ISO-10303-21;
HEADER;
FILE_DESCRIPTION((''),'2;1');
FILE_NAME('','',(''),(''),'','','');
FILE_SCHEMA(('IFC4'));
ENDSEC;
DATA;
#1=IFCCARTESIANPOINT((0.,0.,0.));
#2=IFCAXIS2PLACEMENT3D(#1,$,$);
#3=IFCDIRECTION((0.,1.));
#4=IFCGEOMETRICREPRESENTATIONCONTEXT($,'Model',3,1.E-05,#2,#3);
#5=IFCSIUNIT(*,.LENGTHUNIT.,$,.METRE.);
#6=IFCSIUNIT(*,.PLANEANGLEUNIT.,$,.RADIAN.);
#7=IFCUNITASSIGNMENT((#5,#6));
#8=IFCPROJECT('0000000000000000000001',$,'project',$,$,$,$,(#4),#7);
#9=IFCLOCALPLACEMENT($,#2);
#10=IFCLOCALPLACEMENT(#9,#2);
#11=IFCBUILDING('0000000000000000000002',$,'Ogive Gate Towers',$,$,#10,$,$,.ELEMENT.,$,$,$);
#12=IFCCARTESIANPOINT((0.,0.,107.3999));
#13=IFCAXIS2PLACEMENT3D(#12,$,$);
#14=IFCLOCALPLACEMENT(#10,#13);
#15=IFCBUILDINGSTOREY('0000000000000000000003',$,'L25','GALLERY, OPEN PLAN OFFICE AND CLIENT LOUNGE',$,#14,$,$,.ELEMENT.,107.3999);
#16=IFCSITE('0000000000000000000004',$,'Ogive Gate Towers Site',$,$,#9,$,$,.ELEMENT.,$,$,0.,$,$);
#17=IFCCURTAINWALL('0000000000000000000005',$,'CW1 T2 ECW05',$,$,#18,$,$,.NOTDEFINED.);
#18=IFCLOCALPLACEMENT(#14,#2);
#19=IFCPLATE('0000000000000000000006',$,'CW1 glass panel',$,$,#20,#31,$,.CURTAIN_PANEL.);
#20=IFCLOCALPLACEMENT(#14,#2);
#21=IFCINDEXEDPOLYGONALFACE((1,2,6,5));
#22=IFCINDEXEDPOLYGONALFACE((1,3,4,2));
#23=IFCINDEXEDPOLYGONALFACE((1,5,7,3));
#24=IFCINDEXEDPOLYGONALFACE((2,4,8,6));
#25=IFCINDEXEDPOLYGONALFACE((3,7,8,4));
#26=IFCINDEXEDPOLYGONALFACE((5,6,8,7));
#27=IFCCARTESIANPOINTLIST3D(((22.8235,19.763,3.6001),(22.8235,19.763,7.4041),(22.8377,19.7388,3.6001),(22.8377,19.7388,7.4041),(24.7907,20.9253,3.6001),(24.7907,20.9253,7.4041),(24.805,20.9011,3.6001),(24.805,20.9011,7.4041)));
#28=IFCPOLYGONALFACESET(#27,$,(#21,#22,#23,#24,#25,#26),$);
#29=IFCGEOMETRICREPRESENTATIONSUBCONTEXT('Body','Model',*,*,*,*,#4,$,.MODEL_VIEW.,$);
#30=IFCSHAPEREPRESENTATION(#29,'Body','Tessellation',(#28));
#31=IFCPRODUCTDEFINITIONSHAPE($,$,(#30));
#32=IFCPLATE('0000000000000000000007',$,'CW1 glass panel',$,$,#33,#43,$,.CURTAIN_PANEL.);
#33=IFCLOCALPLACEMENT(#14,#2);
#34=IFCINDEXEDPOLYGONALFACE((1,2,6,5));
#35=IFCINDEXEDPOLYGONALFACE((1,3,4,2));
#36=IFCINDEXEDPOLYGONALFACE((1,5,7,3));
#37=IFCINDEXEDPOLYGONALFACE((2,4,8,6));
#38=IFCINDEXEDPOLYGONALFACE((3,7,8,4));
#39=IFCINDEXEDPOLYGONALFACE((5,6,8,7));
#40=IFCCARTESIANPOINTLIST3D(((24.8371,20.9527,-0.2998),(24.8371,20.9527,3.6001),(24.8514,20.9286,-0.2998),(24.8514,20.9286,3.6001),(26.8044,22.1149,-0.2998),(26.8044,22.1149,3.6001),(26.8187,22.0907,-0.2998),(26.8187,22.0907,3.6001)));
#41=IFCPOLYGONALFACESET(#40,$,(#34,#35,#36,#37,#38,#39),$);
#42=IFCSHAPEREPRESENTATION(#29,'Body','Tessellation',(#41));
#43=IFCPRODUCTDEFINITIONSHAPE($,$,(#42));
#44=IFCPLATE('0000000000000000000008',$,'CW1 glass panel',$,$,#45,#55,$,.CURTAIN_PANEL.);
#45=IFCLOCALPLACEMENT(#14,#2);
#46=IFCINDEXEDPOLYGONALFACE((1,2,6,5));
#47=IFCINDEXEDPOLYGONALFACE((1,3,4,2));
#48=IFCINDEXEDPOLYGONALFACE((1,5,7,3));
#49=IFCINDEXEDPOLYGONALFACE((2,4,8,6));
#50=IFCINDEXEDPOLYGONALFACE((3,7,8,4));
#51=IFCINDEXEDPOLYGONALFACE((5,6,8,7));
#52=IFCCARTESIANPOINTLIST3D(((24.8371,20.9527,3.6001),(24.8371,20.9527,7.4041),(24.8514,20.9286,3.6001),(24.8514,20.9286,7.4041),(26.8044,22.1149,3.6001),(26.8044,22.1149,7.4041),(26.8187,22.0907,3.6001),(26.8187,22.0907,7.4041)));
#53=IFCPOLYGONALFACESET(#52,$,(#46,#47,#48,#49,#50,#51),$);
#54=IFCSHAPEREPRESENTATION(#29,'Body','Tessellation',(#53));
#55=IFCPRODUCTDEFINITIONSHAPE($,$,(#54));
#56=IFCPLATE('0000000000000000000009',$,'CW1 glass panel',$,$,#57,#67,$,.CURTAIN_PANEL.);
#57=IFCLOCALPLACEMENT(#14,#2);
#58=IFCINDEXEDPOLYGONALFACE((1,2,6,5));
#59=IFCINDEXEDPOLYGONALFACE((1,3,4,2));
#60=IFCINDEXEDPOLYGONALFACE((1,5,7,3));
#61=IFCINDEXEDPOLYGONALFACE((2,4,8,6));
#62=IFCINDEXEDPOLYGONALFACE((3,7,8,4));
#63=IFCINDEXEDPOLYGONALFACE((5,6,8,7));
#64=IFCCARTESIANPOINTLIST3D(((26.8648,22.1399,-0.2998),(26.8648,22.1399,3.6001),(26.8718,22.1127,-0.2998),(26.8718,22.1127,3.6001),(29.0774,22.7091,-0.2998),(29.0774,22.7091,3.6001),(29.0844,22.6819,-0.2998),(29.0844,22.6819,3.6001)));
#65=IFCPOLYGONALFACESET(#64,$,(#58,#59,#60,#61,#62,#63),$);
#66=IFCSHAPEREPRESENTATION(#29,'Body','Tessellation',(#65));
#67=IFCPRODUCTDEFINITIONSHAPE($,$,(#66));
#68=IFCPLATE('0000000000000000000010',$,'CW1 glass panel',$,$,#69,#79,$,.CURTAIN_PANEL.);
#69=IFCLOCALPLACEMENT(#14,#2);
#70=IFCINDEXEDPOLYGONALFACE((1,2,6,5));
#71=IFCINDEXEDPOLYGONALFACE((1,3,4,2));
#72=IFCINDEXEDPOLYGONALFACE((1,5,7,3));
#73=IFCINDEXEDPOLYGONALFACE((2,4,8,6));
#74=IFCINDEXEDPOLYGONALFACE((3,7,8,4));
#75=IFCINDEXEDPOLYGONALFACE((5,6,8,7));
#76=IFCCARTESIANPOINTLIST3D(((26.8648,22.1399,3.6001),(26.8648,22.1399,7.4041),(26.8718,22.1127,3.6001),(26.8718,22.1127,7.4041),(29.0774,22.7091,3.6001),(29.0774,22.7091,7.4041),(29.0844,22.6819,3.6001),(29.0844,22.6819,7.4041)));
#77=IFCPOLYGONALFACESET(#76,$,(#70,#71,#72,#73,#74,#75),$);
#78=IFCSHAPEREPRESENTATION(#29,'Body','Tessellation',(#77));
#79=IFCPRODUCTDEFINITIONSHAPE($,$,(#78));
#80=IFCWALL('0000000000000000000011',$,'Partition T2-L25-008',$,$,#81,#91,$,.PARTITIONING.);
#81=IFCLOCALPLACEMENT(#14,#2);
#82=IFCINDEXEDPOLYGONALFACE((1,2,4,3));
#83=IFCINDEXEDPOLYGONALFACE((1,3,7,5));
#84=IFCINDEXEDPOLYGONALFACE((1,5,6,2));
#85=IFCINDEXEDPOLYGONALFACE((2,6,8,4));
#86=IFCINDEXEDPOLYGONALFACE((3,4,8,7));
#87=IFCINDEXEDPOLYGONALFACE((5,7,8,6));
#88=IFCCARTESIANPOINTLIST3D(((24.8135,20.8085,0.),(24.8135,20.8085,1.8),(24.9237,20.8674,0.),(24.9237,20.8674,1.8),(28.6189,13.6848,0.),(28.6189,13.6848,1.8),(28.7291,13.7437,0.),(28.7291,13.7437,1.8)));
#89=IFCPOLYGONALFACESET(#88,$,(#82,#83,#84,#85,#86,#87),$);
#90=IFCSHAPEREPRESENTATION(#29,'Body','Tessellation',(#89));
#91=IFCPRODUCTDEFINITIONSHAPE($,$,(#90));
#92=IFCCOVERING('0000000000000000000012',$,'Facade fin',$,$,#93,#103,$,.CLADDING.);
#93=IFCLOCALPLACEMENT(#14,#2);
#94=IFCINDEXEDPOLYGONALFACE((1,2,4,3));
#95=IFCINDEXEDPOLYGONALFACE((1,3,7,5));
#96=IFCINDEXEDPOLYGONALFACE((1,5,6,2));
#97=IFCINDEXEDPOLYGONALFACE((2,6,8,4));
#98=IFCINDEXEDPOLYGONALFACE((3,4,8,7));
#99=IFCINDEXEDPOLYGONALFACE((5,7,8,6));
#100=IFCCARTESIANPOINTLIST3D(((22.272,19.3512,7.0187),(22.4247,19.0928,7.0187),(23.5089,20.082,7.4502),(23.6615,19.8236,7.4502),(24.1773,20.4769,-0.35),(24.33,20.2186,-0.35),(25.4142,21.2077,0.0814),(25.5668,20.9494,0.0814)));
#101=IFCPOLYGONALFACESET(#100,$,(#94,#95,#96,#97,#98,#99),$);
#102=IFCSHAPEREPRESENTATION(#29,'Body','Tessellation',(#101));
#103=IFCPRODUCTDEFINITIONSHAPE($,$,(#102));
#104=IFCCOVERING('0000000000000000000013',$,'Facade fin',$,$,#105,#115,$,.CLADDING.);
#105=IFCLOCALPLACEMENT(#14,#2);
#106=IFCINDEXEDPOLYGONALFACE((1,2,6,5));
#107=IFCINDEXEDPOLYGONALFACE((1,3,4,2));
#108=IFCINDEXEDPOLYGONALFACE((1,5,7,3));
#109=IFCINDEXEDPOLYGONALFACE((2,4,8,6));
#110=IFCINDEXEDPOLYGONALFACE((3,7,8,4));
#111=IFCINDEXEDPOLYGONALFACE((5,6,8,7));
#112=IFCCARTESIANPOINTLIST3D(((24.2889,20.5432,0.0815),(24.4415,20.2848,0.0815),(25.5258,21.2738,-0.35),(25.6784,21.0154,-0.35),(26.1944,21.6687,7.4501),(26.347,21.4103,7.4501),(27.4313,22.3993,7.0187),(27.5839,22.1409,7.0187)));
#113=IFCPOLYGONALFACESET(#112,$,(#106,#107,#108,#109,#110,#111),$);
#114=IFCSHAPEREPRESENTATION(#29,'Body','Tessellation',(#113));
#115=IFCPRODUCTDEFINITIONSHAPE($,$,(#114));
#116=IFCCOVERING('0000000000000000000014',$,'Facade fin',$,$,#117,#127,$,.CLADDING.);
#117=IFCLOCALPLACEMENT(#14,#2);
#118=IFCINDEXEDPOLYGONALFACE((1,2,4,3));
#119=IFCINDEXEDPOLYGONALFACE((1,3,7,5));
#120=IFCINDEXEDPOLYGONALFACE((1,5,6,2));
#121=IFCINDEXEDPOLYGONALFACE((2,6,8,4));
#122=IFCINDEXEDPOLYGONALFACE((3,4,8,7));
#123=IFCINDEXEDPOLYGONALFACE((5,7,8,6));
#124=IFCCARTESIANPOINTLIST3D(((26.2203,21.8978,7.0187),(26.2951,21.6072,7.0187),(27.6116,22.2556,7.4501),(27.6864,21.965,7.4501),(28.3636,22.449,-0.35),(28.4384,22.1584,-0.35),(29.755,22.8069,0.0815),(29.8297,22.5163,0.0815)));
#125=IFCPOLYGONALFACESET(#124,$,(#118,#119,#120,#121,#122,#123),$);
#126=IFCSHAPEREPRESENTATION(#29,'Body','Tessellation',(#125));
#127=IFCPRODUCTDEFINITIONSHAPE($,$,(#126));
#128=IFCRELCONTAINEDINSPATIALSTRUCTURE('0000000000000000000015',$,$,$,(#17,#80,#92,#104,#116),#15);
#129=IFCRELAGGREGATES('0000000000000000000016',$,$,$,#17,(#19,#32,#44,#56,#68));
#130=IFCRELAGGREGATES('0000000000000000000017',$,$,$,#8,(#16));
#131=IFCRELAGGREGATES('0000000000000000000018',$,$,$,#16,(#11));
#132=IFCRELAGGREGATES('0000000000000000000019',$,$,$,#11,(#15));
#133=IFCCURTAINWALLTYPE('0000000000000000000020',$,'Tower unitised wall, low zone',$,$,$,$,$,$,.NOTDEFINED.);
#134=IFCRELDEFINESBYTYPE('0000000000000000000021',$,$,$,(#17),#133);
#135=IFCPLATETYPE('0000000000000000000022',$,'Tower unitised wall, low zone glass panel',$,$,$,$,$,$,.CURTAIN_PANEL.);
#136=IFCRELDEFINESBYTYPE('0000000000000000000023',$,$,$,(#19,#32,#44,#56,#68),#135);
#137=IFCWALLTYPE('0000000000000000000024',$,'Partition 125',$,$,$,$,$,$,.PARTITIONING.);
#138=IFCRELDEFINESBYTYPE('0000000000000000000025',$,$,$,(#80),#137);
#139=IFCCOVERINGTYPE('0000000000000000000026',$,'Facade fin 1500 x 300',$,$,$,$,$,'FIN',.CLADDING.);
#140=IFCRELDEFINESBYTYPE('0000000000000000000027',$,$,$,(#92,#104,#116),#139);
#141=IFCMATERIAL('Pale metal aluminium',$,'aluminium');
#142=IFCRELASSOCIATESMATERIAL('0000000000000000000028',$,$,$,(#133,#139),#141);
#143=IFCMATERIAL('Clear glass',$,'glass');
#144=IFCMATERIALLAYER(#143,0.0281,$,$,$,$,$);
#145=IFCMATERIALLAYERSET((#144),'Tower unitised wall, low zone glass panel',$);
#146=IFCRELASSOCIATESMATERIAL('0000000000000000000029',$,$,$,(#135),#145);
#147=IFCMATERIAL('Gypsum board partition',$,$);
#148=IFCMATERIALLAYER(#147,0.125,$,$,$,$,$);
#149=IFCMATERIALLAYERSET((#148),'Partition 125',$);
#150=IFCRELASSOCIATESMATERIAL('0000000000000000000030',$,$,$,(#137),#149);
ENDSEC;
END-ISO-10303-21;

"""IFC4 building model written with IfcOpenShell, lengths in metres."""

from ifc_helpers import new_model, si_unit, direction, frame, frame_2d, origin, origin_2d, place, context, subcontext, project, spatial, rectangle, extrude, material, layer, layer_set, material_profile, profile_set, type_object, element, aggregate, save


model = new_model("IFC4")

# Units and contexts
model_context = context("Model", 3, precision=1e-05, world=origin(), true_north=direction((0.0, 1.0)))
body_context = subcontext(model_context, "Body", "Model", "MODEL_VIEW")
ifc_project = project(units=[si_unit("LENGTHUNIT", "METRE"), si_unit("PLANEANGLEUNIT", "RADIAN")], contexts=[model_context])

# Site, building, storey
site_placement = place(None, origin())
site = spatial("IfcSite", under=ifc_project, at=site_placement, Name="Ogive Gate Towers Site", CompositionType="ELEMENT", RefElevation=0.0)
building_placement = place(site_placement, origin())
building = spatial("IfcBuilding", under=site, at=building_placement, Name="Ogive Gate Towers", CompositionType="ELEMENT")
storey_placement = place(building_placement, frame((0.0, 0.0, 107.3999)))
storey = spatial("IfcBuildingStorey", under=building, at=storey_placement, Name="L25", Description="GALLERY, OPEN PLAN OFFICE AND CLIENT LOUNGE", CompositionType="ELEMENT", Elevation=107.3999)

# Curtain wall, plates
ifc_material_1 = material(Name="Pale metal aluminium", Category="aluminium")
curtain_wall_type = type_object("IfcCurtainWallType", Name="Tower unitised wall, low zone", PredefinedType="NOTDEFINED", material=ifc_material_1)
curtain_wall_placement = place(storey_placement, origin())
curtain_wall = element("IfcCurtainWall", 1, at=curtain_wall_placement, inside=storey, type_object=curtain_wall_type, Name="CW1 T2 ECW05", PredefinedType="NOTDEFINED")
ifc_material_2 = material(Name="Clear glass", Category="glass")
ifc_layer_1 = layer(ifc_material_2, 0.0281)
ifc_layer_set_1 = layer_set([ifc_layer_1], Name="Tower unitised wall, low zone glass panel")
plate_type = type_object("IfcPlateType", Name="Tower unitised wall, low zone glass panel", PredefinedType="CURTAIN_PANEL", material=ifc_layer_set_1)
plate_1_placement = place(storey_placement, frame((23.8142, 20.332, 3.6001), z_axis=(0.0, 0.0, 1.0), x_axis=(0.860955, 0.508681, 0.0)))
plate_1 = element("IfcPlate", 2, at=plate_1_placement, type_object=plate_type, Name="CW1 glass panel", PredefinedType="CURTAIN_PANEL", context=body_context, shape_type="SweptSolid", body=[
    extrude(rectangle(XDim=2.2849, YDim=0.0281, at=origin_2d()), origin(), (0.0, 0.0, 1.0), 3.804),
])
plate_2_placement = place(storey_placement, frame((25.8279, 21.5217, -0.2998), z_axis=(0.0, 0.0, 1.0), x_axis=(0.860991, 0.508621, 0.0)))
plate_2 = element("IfcPlate", 3, at=plate_2_placement, type_object=plate_type, Name="CW1 glass panel", PredefinedType="CURTAIN_PANEL", context=body_context, shape_type="SweptSolid", body=[
    extrude(rectangle(XDim=2.2849, YDim=0.0281, at=origin_2d()), origin(), (0.0, 0.0, 1.0), 3.8999),
])
plate_3_placement = place(storey_placement, frame((25.8279, 21.5217, 3.6001), z_axis=(0.0, 0.0, 1.0), x_axis=(0.860991, 0.508621, 0.0)))
plate_3 = element("IfcPlate", 4, at=plate_3_placement, type_object=plate_type, Name="CW1 glass panel", PredefinedType="CURTAIN_PANEL", context=body_context, shape_type="SweptSolid", body=[
    extrude(rectangle(XDim=2.2849, YDim=0.0281, at=origin_2d()), origin(), (0.0, 0.0, 1.0), 3.804),
])
plate_4_placement = place(storey_placement, frame((27.9746, 22.4109, -0.2998), z_axis=(0.0, 0.0, 1.0), x_axis=(0.968475, 0.249112, 0.0)))
plate_4 = element("IfcPlate", 5, at=plate_4_placement, type_object=plate_type, Name="CW1 glass panel", PredefinedType="CURTAIN_PANEL", context=body_context, shape_type="SweptSolid", body=[
    extrude(rectangle(XDim=2.2847, YDim=0.0281, at=origin_2d()), origin(), (0.0, 0.0, 1.0), 3.8999),
])
plate_5_placement = place(storey_placement, frame((27.9746, 22.4109, 3.6001), z_axis=(0.0, 0.0, 1.0), x_axis=(0.968475, 0.249112, 0.0)))
plate_5 = element("IfcPlate", 6, at=plate_5_placement, type_object=plate_type, Name="CW1 glass panel", PredefinedType="CURTAIN_PANEL", context=body_context, shape_type="SweptSolid", body=[
    extrude(rectangle(XDim=2.2847, YDim=0.0281, at=origin_2d()), origin(), (0.0, 0.0, 1.0), 3.804),
])
aggregate(curtain_wall, [plate_1, plate_2, plate_3, plate_4, plate_5])

# Wall
ifc_material_3 = material(Name="Gypsum board partition")
ifc_layer_2 = layer(ifc_material_3, 0.125)
ifc_layer_set_2 = layer_set([ifc_layer_2], Name="Partition 125")
wall_type = type_object("IfcWallType", Name="Partition 125", PredefinedType="PARTITIONING", material=ifc_layer_set_2)
wall_placement = place(storey_placement, frame((24.8687, 20.8379, 0.0), z_axis=(0.0, 0.0, 1.0), x_axis=(0.471173, -0.882041, 0.0)))
element("IfcWall", 7, at=wall_placement, inside=storey, type_object=wall_type, Name="Partition T2-L25-008", PredefinedType="PARTITIONING", context=body_context, shape_type="SweptSolid", body=[
    extrude(rectangle(XDim=8.0764, YDim=0.125, at=frame_2d((4.0381, 0.0))), origin(), (0.0, 0.0, 1.0), 1.8),
])

# Coverings
ifc_material_profile_1 = material_profile(ifc_material_1, rectangle(XDim=0.3, YDim=1.5, at=origin_2d()), Name="1500 x 300 pale metal aluminium")
ifc_profile_set_1 = profile_set([ifc_material_profile_1], Name="Pale metal aluminium")
covering_type = type_object("IfcCoveringType", Name="Facade fin 1500 x 300", ElementType="FIN", PredefinedType="CLADDING", material=ifc_profile_set_1)
for number, where, z_axis, x_axis, name in (
    (8, (24.8721, 20.7131, -0.1343), (-0.247638, -0.146317, 0.95774), (0.508692, -0.860948, 0.0), "Facade fin"),
    (9, (24.9836, 20.7793, -0.1343), (0.247669, 0.146285, 0.957737), (-0.508562, 0.861025, 0.0), "Facade fin"),
    (10, (29.0967, 22.4827, -0.1343), (-0.278576, -0.071651, 0.957738), (0.249097, -0.968478, 0.0), "Facade fin"),
):
    element("IfcCovering", number, at=place(storey_placement, frame(where, z_axis=z_axis, x_axis=x_axis)), inside=storey, type_object=covering_type, Name=name, PredefinedType="CLADDING", context=body_context, shape_type="SweptSolid", body=[
        extrude(rectangle(XDim=0.3, YDim=1.5, at=origin_2d()), origin(), (0.0, 0.0, 1.0), 7.6938),
    ])

save(model, "model.ifc")
